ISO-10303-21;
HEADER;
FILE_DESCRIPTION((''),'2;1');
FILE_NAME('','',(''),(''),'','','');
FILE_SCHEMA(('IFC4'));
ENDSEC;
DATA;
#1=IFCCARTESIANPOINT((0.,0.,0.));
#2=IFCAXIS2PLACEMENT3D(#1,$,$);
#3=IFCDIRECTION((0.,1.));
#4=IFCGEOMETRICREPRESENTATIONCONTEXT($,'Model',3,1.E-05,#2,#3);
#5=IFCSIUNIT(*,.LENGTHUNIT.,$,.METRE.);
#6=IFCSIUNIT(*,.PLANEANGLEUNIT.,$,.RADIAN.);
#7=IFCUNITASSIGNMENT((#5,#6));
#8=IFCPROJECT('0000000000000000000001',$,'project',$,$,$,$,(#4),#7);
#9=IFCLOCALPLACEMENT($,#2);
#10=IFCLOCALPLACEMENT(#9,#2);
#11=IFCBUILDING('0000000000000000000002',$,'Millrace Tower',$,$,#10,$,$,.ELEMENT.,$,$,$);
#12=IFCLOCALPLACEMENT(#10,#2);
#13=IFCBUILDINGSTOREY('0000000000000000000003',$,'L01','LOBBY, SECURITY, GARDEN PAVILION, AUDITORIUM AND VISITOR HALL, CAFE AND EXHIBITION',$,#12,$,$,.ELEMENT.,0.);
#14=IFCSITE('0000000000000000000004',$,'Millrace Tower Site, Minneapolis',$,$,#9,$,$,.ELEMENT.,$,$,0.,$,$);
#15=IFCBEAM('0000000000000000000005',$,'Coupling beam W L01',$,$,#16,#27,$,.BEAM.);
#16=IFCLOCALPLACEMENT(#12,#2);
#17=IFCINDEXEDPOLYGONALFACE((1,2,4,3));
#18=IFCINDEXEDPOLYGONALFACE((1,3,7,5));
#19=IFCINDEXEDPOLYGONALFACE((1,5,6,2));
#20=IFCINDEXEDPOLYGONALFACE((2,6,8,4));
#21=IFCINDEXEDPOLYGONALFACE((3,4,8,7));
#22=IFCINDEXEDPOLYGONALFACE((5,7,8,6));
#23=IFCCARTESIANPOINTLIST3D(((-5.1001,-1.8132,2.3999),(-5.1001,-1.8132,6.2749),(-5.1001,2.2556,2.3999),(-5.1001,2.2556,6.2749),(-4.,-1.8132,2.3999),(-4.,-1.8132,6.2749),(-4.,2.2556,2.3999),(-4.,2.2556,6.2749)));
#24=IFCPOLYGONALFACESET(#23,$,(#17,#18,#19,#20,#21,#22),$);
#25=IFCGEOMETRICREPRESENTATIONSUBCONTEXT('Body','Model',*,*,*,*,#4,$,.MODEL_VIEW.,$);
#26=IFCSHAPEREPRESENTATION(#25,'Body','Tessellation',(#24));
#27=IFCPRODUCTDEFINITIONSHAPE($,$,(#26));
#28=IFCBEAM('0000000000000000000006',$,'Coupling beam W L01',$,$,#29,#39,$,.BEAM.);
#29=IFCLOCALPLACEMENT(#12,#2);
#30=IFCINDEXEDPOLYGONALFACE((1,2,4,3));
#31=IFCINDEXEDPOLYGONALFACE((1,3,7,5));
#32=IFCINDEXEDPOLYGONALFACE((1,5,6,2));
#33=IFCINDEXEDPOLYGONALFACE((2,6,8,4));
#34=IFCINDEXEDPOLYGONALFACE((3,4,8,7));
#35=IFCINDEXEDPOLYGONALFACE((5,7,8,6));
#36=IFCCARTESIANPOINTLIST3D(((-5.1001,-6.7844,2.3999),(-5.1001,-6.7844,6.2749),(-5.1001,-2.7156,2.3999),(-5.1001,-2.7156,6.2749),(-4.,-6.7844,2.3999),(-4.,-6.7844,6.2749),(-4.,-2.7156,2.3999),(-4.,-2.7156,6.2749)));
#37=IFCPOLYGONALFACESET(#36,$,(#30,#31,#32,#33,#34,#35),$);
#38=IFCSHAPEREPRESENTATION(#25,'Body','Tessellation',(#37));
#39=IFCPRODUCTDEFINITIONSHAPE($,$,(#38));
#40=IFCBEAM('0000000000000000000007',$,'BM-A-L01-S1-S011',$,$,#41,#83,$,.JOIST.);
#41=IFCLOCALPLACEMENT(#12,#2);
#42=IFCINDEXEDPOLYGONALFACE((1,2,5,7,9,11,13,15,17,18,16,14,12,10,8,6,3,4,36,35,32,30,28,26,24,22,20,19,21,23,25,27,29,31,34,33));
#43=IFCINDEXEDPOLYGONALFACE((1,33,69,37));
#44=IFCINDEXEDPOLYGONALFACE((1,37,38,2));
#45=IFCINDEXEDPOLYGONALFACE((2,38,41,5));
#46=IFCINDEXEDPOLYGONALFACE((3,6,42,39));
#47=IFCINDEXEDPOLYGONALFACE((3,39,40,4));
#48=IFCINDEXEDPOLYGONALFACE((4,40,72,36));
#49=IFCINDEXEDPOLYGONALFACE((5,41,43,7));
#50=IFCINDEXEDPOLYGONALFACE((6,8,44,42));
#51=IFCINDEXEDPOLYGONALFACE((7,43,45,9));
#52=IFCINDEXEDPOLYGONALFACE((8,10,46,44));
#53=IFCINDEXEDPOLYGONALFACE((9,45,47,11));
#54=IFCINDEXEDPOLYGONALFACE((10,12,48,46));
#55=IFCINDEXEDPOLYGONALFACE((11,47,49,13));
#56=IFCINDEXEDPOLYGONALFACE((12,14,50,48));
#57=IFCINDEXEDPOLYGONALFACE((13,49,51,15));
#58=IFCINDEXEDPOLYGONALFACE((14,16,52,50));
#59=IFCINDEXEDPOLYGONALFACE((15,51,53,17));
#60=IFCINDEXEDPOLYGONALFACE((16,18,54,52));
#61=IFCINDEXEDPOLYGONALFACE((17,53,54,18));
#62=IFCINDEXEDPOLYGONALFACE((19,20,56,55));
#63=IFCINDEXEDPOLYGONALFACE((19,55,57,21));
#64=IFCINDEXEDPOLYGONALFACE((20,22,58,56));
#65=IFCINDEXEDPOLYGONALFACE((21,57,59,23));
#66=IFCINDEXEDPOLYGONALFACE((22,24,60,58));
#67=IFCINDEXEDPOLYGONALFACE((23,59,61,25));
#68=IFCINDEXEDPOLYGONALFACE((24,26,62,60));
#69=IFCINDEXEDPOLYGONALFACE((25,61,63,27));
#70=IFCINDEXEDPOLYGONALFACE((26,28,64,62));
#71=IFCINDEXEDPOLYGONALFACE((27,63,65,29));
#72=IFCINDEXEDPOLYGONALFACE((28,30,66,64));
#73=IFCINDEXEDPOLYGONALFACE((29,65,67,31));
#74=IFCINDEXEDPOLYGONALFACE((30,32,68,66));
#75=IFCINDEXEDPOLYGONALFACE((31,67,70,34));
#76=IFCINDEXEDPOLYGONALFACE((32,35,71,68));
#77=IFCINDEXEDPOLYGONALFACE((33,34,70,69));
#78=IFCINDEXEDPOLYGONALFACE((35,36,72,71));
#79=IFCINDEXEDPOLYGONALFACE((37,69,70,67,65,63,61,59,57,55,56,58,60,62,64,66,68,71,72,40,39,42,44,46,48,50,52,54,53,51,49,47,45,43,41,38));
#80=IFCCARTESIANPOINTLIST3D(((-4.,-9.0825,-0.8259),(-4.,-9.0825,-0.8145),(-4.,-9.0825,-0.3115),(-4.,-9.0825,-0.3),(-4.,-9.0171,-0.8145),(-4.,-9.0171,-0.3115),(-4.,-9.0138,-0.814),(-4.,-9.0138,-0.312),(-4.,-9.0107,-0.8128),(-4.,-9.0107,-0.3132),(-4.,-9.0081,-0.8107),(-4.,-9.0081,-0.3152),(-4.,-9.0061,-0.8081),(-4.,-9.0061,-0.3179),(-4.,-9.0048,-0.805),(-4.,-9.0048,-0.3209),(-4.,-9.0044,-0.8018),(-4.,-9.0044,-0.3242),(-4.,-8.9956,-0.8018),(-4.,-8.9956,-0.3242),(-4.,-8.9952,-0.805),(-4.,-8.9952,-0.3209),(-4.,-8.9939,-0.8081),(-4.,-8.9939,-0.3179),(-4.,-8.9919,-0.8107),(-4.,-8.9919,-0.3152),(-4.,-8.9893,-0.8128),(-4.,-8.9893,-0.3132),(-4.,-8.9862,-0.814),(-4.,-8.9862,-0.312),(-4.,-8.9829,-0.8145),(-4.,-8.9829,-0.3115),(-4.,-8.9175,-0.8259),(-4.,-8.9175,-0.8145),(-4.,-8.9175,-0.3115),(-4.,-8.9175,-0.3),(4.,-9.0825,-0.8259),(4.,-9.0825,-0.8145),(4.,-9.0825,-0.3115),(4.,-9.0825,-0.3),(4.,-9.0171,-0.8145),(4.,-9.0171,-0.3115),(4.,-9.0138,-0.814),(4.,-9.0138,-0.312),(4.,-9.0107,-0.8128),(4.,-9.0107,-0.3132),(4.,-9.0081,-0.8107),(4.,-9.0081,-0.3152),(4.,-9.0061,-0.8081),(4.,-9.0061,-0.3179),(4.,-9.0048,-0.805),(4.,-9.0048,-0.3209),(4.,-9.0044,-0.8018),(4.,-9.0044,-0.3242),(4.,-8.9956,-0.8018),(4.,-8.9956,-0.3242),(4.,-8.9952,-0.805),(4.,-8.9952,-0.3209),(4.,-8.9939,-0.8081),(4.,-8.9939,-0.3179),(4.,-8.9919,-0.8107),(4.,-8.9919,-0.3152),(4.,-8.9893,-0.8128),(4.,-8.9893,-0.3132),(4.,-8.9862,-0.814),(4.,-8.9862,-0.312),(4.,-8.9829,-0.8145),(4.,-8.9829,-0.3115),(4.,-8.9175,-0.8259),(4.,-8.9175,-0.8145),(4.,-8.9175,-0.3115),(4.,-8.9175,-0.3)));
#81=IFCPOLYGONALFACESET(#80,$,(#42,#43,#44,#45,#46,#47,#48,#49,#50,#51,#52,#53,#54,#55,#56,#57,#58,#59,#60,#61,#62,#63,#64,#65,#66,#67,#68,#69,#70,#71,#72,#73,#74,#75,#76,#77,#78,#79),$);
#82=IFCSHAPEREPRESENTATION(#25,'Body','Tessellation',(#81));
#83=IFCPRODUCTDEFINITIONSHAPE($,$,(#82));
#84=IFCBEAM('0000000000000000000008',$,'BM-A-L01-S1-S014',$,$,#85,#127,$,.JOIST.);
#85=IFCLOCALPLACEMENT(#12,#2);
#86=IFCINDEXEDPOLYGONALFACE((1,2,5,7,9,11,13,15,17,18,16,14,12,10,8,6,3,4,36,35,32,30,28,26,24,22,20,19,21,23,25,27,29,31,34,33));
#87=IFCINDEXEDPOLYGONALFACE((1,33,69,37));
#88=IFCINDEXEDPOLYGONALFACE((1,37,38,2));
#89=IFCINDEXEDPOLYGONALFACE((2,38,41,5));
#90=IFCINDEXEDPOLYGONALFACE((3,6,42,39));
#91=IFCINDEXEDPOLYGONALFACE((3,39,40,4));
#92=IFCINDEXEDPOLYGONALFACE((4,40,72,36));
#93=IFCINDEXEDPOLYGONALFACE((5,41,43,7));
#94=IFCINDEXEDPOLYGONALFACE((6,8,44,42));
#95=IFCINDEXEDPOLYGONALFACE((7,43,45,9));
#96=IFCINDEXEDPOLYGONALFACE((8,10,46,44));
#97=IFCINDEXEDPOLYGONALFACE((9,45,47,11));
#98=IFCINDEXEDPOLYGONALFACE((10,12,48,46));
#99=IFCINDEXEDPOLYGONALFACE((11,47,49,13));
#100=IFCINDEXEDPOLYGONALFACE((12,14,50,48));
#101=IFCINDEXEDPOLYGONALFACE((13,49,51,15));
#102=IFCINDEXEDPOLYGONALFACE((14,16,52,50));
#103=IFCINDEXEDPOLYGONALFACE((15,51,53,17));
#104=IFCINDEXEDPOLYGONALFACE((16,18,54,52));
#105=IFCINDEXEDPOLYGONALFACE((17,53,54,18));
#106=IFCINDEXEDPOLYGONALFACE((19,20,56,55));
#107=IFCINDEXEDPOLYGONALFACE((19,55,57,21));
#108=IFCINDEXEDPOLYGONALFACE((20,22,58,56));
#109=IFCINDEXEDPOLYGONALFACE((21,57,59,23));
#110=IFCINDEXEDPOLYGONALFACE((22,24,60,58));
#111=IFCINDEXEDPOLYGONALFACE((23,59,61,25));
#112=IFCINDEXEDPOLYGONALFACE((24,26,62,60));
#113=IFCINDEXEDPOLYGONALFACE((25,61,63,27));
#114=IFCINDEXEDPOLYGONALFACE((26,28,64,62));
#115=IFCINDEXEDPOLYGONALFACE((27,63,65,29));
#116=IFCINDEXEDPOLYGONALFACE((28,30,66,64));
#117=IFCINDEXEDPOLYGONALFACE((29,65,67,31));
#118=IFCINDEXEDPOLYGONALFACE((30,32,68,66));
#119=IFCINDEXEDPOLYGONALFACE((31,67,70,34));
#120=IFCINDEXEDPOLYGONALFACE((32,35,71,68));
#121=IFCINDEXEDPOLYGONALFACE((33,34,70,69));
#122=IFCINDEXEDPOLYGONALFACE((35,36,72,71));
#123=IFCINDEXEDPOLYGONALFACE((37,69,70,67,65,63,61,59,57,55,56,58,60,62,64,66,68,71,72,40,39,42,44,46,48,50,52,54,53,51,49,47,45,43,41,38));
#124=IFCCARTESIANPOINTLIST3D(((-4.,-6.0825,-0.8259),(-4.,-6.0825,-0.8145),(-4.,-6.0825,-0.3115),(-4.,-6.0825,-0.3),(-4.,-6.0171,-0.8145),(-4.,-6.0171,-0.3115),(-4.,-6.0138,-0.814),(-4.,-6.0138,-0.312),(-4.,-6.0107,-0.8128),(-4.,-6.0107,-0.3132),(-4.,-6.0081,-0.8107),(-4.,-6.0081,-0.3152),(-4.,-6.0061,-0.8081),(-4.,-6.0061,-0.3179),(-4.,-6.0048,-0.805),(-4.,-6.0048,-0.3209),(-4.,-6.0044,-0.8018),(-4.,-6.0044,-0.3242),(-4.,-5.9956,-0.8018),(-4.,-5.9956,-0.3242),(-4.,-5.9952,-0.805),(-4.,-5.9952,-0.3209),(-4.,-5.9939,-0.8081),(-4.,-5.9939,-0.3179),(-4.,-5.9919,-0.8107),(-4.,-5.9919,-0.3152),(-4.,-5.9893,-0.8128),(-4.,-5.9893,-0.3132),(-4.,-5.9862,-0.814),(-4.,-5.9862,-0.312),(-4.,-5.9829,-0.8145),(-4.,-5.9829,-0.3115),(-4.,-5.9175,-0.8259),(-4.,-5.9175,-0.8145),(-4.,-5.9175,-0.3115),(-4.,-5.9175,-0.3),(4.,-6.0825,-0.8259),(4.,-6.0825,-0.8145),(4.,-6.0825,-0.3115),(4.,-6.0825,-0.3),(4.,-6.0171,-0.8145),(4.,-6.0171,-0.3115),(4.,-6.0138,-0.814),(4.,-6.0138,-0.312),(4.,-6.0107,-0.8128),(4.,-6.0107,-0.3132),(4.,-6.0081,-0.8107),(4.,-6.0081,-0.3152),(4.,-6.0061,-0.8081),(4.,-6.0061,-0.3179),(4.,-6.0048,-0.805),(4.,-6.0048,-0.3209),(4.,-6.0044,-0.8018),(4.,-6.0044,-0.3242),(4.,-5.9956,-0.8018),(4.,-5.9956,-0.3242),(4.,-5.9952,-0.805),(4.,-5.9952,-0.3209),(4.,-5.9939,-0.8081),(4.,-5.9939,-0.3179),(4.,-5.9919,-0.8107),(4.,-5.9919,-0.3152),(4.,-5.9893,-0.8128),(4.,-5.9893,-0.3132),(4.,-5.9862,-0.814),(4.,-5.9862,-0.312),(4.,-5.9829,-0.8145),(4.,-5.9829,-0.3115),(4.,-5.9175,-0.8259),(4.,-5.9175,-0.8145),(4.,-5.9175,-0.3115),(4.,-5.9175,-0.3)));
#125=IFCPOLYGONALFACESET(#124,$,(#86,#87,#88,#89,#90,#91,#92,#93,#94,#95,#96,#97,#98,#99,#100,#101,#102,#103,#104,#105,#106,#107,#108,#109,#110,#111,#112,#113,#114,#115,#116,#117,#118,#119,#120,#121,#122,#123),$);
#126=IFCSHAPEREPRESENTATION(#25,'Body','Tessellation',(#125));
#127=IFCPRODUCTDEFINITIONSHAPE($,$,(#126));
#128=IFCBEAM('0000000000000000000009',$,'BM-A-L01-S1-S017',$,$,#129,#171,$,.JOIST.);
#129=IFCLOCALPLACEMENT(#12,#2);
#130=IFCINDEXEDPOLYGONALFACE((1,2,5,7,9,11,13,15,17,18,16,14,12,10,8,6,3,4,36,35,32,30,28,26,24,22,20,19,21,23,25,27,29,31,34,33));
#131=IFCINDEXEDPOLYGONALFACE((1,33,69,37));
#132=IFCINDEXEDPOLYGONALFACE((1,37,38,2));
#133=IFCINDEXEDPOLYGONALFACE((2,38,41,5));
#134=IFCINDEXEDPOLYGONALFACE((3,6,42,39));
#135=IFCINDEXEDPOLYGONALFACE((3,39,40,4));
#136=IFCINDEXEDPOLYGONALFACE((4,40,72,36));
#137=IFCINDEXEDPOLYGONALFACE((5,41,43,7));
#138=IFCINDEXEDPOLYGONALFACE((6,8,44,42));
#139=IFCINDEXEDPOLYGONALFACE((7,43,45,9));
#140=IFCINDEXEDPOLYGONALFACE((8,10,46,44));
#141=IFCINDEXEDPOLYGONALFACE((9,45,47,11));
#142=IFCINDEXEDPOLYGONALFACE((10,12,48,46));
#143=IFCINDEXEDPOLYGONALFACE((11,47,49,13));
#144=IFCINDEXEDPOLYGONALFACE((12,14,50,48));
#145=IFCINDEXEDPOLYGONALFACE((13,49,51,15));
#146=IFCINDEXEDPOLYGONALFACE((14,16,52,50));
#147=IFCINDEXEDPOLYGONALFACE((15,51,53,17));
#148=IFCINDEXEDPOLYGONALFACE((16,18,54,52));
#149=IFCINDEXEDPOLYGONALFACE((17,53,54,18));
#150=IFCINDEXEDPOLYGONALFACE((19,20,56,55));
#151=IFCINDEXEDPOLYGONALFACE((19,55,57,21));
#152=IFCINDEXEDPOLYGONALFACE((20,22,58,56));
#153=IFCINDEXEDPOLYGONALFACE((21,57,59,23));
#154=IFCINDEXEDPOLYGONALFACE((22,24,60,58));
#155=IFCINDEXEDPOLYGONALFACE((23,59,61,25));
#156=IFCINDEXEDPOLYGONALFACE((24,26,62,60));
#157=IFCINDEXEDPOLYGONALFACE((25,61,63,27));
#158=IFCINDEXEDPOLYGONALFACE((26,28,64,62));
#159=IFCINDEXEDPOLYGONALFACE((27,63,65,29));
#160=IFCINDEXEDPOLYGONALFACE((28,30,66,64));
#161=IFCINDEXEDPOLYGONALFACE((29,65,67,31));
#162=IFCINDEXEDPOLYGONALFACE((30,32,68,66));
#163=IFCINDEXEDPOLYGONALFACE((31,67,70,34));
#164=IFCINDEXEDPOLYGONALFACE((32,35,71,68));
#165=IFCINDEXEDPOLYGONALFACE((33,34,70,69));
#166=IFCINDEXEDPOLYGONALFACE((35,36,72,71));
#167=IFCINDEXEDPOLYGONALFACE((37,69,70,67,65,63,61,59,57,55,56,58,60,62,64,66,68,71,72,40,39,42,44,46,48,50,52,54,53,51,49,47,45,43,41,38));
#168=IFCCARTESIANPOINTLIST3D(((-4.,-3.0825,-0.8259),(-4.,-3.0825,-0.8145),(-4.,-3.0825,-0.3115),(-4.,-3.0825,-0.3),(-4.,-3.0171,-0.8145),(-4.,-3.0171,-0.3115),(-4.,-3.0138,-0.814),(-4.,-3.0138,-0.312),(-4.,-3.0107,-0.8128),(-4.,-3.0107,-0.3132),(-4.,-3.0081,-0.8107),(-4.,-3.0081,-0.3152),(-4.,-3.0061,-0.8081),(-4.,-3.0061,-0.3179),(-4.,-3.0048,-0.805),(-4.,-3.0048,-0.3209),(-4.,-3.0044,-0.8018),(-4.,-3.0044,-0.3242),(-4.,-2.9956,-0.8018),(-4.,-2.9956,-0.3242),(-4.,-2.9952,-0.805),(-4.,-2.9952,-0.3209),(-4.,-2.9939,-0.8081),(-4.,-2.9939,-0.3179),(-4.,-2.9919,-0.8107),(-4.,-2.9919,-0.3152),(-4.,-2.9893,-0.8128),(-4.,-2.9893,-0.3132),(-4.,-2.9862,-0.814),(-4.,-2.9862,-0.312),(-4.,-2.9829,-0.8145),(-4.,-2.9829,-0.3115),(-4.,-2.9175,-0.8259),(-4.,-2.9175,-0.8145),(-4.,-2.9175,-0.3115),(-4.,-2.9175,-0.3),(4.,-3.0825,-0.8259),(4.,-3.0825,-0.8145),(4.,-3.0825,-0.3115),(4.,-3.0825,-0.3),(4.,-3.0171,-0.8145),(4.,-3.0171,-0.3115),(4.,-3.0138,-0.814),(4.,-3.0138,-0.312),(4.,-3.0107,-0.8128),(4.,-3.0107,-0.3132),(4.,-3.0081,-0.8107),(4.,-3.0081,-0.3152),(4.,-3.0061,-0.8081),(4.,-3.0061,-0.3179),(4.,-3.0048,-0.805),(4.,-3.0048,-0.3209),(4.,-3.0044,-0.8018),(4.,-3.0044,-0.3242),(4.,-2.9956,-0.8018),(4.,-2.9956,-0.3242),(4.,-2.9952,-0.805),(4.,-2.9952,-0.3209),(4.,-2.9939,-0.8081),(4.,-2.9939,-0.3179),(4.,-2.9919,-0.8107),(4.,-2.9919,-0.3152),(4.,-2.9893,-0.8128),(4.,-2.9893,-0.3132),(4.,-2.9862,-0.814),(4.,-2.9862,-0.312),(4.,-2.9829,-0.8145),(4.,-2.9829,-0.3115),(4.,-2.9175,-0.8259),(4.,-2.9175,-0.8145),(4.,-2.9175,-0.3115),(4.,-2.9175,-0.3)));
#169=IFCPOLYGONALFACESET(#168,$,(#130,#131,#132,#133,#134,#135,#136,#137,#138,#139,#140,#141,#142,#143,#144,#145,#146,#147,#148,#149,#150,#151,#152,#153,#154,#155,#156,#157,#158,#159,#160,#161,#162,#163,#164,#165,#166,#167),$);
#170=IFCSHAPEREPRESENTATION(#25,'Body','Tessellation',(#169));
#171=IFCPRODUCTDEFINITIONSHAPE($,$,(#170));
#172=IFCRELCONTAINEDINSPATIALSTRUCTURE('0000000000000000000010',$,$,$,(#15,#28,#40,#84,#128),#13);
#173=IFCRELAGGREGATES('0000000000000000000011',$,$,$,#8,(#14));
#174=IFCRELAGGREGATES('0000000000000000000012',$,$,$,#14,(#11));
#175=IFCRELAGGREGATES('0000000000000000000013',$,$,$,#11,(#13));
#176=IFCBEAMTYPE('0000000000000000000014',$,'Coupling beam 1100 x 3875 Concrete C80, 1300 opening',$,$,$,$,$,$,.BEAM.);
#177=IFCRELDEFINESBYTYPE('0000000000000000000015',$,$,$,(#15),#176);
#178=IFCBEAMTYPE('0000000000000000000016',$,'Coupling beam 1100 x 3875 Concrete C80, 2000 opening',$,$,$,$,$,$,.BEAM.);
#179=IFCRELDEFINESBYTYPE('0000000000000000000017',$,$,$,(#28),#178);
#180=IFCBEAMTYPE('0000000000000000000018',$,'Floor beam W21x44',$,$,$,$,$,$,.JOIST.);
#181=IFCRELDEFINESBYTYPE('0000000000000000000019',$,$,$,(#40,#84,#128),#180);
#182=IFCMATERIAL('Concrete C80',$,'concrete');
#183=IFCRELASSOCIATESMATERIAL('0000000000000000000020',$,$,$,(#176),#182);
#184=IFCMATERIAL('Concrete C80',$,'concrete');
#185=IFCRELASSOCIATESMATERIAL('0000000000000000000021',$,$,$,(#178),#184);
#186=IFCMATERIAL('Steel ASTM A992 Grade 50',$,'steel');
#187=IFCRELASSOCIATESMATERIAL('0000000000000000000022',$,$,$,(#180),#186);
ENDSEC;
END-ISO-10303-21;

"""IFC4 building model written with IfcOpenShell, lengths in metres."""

from ifc_helpers import new_model, si_unit, direction, frame, origin, origin_2d, place, context, subcontext, project, spatial, rectangle, i_section, extrude, material, material_profile, profile_set, type_object, element, save


model = new_model("IFC4")

# Units and contexts
model_context = context("Model", 3, precision=1e-05, world=origin(), true_north=direction((0.0, 1.0)))
body_context = subcontext(model_context, "Body", "Model", "MODEL_VIEW")
ifc_project = project(units=[si_unit("LENGTHUNIT", "METRE"), si_unit("PLANEANGLEUNIT", "RADIAN")], contexts=[model_context])

# Site, building, storey
site_placement = place(None, origin())
site = spatial("IfcSite", under=ifc_project, at=site_placement, Name="Millrace Tower Site, Minneapolis", CompositionType="ELEMENT", RefElevation=0.0)
building_placement = place(site_placement, origin())
building = spatial("IfcBuilding", under=site, at=building_placement, Name="Millrace Tower", CompositionType="ELEMENT")
storey_placement = place(building_placement, origin())
storey = spatial("IfcBuildingStorey", under=building, at=storey_placement, Name="L01", Description="LOBBY, SECURITY, GARDEN PAVILION, AUDITORIUM AND VISITOR HALL, CAFE AND EXHIBITION", CompositionType="ELEMENT", Elevation=0.0)

# Beams
ifc_material_1 = material(Name="Concrete C80", Category="concrete")
ifc_material_profile_1 = material_profile(ifc_material_1, rectangle(XDim=1.1001, YDim=3.875, at=origin_2d()))
ifc_profile_set_1 = profile_set([ifc_material_profile_1], Name="Concrete C80")
beam_type_1 = type_object("IfcBeamType", Name="Coupling beam 1100 x 3875 Concrete C80, 1300 opening", PredefinedType="BEAM", material=ifc_profile_set_1)
beam_1_placement = place(storey_placement, frame((-4.55, -1.8132, 4.3374), z_axis=(0.0, 1.0, 0.0), x_axis=(-1.0, 0.0, 0.0)))
element("IfcBeam", 1, at=beam_1_placement, inside=storey, type_object=beam_type_1, Name="Coupling beam W L01", PredefinedType="BEAM", context=body_context, shape_type="SweptSolid", body=[
    extrude(rectangle(XDim=1.1001, YDim=3.875, at=origin_2d()), origin(), (0.0, 0.0, 1.0), 4.0688),
])
ifc_material_2 = material(Name="Concrete C80", Category="concrete")
ifc_material_profile_2 = material_profile(ifc_material_2, rectangle(XDim=1.1001, YDim=3.875, at=origin_2d()))
ifc_profile_set_2 = profile_set([ifc_material_profile_2], Name="Concrete C80")
beam_type_2 = type_object("IfcBeamType", Name="Coupling beam 1100 x 3875 Concrete C80, 2000 opening", PredefinedType="BEAM", material=ifc_profile_set_2)
beam_2_placement = place(storey_placement, frame((-4.55, -6.7844, 4.3374), z_axis=(0.0, 1.0, 0.0), x_axis=(-1.0, 0.0, 0.0)))
element("IfcBeam", 2, at=beam_2_placement, inside=storey, type_object=beam_type_2, Name="Coupling beam W L01", PredefinedType="BEAM", context=body_context, shape_type="SweptSolid", body=[
    extrude(rectangle(XDim=1.1001, YDim=3.875, at=origin_2d()), origin(), (0.0, 0.0, 1.0), 4.0688),
])
ifc_material_3 = material(Name="Steel ASTM A992 Grade 50", Category="steel")
ifc_material_profile_3 = material_profile(ifc_material_3, i_section(OverallWidth=0.165, OverallDepth=0.5259, WebThickness=0.0088, FlangeThickness=0.0115, FilletRadius=0.0127, at=origin_2d()))
ifc_profile_set_3 = profile_set([ifc_material_profile_3], Name="Steel ASTM A992 Grade 50")
beam_type_3 = type_object("IfcBeamType", Name="Floor beam W21x44", PredefinedType="JOIST", material=ifc_profile_set_3)
for number, where, z_axis, x_axis, name in (
    (3, (-4.0, -9.0, -0.563), (1.0, 0.0, 0.0), (0.0, 1.0, 0.0), "BM-A-L01-S1-S011"),
    (4, (-4.0, -6.0, -0.563), (1.0, 0.0, 0.0), (0.0, 1.0, 0.0), "BM-A-L01-S1-S014"),
    (5, (-4.0, -3.0, -0.563), (1.0, 0.0, 0.0), (0.0, 1.0, 0.0), "BM-A-L01-S1-S017"),
):
    element("IfcBeam", number, at=place(storey_placement, frame(where, z_axis=z_axis, x_axis=x_axis)), inside=storey, type_object=beam_type_3, Name=name, PredefinedType="JOIST", context=body_context, shape_type="SweptSolid", body=[
        extrude(i_section(OverallWidth=0.165, OverallDepth=0.5259, WebThickness=0.0088, FlangeThickness=0.0115, FilletRadius=0.0127, at=origin_2d()), origin(), (0.0, 0.0, 1.0), 8.0),
    ])

save(model, "model.ifc")
